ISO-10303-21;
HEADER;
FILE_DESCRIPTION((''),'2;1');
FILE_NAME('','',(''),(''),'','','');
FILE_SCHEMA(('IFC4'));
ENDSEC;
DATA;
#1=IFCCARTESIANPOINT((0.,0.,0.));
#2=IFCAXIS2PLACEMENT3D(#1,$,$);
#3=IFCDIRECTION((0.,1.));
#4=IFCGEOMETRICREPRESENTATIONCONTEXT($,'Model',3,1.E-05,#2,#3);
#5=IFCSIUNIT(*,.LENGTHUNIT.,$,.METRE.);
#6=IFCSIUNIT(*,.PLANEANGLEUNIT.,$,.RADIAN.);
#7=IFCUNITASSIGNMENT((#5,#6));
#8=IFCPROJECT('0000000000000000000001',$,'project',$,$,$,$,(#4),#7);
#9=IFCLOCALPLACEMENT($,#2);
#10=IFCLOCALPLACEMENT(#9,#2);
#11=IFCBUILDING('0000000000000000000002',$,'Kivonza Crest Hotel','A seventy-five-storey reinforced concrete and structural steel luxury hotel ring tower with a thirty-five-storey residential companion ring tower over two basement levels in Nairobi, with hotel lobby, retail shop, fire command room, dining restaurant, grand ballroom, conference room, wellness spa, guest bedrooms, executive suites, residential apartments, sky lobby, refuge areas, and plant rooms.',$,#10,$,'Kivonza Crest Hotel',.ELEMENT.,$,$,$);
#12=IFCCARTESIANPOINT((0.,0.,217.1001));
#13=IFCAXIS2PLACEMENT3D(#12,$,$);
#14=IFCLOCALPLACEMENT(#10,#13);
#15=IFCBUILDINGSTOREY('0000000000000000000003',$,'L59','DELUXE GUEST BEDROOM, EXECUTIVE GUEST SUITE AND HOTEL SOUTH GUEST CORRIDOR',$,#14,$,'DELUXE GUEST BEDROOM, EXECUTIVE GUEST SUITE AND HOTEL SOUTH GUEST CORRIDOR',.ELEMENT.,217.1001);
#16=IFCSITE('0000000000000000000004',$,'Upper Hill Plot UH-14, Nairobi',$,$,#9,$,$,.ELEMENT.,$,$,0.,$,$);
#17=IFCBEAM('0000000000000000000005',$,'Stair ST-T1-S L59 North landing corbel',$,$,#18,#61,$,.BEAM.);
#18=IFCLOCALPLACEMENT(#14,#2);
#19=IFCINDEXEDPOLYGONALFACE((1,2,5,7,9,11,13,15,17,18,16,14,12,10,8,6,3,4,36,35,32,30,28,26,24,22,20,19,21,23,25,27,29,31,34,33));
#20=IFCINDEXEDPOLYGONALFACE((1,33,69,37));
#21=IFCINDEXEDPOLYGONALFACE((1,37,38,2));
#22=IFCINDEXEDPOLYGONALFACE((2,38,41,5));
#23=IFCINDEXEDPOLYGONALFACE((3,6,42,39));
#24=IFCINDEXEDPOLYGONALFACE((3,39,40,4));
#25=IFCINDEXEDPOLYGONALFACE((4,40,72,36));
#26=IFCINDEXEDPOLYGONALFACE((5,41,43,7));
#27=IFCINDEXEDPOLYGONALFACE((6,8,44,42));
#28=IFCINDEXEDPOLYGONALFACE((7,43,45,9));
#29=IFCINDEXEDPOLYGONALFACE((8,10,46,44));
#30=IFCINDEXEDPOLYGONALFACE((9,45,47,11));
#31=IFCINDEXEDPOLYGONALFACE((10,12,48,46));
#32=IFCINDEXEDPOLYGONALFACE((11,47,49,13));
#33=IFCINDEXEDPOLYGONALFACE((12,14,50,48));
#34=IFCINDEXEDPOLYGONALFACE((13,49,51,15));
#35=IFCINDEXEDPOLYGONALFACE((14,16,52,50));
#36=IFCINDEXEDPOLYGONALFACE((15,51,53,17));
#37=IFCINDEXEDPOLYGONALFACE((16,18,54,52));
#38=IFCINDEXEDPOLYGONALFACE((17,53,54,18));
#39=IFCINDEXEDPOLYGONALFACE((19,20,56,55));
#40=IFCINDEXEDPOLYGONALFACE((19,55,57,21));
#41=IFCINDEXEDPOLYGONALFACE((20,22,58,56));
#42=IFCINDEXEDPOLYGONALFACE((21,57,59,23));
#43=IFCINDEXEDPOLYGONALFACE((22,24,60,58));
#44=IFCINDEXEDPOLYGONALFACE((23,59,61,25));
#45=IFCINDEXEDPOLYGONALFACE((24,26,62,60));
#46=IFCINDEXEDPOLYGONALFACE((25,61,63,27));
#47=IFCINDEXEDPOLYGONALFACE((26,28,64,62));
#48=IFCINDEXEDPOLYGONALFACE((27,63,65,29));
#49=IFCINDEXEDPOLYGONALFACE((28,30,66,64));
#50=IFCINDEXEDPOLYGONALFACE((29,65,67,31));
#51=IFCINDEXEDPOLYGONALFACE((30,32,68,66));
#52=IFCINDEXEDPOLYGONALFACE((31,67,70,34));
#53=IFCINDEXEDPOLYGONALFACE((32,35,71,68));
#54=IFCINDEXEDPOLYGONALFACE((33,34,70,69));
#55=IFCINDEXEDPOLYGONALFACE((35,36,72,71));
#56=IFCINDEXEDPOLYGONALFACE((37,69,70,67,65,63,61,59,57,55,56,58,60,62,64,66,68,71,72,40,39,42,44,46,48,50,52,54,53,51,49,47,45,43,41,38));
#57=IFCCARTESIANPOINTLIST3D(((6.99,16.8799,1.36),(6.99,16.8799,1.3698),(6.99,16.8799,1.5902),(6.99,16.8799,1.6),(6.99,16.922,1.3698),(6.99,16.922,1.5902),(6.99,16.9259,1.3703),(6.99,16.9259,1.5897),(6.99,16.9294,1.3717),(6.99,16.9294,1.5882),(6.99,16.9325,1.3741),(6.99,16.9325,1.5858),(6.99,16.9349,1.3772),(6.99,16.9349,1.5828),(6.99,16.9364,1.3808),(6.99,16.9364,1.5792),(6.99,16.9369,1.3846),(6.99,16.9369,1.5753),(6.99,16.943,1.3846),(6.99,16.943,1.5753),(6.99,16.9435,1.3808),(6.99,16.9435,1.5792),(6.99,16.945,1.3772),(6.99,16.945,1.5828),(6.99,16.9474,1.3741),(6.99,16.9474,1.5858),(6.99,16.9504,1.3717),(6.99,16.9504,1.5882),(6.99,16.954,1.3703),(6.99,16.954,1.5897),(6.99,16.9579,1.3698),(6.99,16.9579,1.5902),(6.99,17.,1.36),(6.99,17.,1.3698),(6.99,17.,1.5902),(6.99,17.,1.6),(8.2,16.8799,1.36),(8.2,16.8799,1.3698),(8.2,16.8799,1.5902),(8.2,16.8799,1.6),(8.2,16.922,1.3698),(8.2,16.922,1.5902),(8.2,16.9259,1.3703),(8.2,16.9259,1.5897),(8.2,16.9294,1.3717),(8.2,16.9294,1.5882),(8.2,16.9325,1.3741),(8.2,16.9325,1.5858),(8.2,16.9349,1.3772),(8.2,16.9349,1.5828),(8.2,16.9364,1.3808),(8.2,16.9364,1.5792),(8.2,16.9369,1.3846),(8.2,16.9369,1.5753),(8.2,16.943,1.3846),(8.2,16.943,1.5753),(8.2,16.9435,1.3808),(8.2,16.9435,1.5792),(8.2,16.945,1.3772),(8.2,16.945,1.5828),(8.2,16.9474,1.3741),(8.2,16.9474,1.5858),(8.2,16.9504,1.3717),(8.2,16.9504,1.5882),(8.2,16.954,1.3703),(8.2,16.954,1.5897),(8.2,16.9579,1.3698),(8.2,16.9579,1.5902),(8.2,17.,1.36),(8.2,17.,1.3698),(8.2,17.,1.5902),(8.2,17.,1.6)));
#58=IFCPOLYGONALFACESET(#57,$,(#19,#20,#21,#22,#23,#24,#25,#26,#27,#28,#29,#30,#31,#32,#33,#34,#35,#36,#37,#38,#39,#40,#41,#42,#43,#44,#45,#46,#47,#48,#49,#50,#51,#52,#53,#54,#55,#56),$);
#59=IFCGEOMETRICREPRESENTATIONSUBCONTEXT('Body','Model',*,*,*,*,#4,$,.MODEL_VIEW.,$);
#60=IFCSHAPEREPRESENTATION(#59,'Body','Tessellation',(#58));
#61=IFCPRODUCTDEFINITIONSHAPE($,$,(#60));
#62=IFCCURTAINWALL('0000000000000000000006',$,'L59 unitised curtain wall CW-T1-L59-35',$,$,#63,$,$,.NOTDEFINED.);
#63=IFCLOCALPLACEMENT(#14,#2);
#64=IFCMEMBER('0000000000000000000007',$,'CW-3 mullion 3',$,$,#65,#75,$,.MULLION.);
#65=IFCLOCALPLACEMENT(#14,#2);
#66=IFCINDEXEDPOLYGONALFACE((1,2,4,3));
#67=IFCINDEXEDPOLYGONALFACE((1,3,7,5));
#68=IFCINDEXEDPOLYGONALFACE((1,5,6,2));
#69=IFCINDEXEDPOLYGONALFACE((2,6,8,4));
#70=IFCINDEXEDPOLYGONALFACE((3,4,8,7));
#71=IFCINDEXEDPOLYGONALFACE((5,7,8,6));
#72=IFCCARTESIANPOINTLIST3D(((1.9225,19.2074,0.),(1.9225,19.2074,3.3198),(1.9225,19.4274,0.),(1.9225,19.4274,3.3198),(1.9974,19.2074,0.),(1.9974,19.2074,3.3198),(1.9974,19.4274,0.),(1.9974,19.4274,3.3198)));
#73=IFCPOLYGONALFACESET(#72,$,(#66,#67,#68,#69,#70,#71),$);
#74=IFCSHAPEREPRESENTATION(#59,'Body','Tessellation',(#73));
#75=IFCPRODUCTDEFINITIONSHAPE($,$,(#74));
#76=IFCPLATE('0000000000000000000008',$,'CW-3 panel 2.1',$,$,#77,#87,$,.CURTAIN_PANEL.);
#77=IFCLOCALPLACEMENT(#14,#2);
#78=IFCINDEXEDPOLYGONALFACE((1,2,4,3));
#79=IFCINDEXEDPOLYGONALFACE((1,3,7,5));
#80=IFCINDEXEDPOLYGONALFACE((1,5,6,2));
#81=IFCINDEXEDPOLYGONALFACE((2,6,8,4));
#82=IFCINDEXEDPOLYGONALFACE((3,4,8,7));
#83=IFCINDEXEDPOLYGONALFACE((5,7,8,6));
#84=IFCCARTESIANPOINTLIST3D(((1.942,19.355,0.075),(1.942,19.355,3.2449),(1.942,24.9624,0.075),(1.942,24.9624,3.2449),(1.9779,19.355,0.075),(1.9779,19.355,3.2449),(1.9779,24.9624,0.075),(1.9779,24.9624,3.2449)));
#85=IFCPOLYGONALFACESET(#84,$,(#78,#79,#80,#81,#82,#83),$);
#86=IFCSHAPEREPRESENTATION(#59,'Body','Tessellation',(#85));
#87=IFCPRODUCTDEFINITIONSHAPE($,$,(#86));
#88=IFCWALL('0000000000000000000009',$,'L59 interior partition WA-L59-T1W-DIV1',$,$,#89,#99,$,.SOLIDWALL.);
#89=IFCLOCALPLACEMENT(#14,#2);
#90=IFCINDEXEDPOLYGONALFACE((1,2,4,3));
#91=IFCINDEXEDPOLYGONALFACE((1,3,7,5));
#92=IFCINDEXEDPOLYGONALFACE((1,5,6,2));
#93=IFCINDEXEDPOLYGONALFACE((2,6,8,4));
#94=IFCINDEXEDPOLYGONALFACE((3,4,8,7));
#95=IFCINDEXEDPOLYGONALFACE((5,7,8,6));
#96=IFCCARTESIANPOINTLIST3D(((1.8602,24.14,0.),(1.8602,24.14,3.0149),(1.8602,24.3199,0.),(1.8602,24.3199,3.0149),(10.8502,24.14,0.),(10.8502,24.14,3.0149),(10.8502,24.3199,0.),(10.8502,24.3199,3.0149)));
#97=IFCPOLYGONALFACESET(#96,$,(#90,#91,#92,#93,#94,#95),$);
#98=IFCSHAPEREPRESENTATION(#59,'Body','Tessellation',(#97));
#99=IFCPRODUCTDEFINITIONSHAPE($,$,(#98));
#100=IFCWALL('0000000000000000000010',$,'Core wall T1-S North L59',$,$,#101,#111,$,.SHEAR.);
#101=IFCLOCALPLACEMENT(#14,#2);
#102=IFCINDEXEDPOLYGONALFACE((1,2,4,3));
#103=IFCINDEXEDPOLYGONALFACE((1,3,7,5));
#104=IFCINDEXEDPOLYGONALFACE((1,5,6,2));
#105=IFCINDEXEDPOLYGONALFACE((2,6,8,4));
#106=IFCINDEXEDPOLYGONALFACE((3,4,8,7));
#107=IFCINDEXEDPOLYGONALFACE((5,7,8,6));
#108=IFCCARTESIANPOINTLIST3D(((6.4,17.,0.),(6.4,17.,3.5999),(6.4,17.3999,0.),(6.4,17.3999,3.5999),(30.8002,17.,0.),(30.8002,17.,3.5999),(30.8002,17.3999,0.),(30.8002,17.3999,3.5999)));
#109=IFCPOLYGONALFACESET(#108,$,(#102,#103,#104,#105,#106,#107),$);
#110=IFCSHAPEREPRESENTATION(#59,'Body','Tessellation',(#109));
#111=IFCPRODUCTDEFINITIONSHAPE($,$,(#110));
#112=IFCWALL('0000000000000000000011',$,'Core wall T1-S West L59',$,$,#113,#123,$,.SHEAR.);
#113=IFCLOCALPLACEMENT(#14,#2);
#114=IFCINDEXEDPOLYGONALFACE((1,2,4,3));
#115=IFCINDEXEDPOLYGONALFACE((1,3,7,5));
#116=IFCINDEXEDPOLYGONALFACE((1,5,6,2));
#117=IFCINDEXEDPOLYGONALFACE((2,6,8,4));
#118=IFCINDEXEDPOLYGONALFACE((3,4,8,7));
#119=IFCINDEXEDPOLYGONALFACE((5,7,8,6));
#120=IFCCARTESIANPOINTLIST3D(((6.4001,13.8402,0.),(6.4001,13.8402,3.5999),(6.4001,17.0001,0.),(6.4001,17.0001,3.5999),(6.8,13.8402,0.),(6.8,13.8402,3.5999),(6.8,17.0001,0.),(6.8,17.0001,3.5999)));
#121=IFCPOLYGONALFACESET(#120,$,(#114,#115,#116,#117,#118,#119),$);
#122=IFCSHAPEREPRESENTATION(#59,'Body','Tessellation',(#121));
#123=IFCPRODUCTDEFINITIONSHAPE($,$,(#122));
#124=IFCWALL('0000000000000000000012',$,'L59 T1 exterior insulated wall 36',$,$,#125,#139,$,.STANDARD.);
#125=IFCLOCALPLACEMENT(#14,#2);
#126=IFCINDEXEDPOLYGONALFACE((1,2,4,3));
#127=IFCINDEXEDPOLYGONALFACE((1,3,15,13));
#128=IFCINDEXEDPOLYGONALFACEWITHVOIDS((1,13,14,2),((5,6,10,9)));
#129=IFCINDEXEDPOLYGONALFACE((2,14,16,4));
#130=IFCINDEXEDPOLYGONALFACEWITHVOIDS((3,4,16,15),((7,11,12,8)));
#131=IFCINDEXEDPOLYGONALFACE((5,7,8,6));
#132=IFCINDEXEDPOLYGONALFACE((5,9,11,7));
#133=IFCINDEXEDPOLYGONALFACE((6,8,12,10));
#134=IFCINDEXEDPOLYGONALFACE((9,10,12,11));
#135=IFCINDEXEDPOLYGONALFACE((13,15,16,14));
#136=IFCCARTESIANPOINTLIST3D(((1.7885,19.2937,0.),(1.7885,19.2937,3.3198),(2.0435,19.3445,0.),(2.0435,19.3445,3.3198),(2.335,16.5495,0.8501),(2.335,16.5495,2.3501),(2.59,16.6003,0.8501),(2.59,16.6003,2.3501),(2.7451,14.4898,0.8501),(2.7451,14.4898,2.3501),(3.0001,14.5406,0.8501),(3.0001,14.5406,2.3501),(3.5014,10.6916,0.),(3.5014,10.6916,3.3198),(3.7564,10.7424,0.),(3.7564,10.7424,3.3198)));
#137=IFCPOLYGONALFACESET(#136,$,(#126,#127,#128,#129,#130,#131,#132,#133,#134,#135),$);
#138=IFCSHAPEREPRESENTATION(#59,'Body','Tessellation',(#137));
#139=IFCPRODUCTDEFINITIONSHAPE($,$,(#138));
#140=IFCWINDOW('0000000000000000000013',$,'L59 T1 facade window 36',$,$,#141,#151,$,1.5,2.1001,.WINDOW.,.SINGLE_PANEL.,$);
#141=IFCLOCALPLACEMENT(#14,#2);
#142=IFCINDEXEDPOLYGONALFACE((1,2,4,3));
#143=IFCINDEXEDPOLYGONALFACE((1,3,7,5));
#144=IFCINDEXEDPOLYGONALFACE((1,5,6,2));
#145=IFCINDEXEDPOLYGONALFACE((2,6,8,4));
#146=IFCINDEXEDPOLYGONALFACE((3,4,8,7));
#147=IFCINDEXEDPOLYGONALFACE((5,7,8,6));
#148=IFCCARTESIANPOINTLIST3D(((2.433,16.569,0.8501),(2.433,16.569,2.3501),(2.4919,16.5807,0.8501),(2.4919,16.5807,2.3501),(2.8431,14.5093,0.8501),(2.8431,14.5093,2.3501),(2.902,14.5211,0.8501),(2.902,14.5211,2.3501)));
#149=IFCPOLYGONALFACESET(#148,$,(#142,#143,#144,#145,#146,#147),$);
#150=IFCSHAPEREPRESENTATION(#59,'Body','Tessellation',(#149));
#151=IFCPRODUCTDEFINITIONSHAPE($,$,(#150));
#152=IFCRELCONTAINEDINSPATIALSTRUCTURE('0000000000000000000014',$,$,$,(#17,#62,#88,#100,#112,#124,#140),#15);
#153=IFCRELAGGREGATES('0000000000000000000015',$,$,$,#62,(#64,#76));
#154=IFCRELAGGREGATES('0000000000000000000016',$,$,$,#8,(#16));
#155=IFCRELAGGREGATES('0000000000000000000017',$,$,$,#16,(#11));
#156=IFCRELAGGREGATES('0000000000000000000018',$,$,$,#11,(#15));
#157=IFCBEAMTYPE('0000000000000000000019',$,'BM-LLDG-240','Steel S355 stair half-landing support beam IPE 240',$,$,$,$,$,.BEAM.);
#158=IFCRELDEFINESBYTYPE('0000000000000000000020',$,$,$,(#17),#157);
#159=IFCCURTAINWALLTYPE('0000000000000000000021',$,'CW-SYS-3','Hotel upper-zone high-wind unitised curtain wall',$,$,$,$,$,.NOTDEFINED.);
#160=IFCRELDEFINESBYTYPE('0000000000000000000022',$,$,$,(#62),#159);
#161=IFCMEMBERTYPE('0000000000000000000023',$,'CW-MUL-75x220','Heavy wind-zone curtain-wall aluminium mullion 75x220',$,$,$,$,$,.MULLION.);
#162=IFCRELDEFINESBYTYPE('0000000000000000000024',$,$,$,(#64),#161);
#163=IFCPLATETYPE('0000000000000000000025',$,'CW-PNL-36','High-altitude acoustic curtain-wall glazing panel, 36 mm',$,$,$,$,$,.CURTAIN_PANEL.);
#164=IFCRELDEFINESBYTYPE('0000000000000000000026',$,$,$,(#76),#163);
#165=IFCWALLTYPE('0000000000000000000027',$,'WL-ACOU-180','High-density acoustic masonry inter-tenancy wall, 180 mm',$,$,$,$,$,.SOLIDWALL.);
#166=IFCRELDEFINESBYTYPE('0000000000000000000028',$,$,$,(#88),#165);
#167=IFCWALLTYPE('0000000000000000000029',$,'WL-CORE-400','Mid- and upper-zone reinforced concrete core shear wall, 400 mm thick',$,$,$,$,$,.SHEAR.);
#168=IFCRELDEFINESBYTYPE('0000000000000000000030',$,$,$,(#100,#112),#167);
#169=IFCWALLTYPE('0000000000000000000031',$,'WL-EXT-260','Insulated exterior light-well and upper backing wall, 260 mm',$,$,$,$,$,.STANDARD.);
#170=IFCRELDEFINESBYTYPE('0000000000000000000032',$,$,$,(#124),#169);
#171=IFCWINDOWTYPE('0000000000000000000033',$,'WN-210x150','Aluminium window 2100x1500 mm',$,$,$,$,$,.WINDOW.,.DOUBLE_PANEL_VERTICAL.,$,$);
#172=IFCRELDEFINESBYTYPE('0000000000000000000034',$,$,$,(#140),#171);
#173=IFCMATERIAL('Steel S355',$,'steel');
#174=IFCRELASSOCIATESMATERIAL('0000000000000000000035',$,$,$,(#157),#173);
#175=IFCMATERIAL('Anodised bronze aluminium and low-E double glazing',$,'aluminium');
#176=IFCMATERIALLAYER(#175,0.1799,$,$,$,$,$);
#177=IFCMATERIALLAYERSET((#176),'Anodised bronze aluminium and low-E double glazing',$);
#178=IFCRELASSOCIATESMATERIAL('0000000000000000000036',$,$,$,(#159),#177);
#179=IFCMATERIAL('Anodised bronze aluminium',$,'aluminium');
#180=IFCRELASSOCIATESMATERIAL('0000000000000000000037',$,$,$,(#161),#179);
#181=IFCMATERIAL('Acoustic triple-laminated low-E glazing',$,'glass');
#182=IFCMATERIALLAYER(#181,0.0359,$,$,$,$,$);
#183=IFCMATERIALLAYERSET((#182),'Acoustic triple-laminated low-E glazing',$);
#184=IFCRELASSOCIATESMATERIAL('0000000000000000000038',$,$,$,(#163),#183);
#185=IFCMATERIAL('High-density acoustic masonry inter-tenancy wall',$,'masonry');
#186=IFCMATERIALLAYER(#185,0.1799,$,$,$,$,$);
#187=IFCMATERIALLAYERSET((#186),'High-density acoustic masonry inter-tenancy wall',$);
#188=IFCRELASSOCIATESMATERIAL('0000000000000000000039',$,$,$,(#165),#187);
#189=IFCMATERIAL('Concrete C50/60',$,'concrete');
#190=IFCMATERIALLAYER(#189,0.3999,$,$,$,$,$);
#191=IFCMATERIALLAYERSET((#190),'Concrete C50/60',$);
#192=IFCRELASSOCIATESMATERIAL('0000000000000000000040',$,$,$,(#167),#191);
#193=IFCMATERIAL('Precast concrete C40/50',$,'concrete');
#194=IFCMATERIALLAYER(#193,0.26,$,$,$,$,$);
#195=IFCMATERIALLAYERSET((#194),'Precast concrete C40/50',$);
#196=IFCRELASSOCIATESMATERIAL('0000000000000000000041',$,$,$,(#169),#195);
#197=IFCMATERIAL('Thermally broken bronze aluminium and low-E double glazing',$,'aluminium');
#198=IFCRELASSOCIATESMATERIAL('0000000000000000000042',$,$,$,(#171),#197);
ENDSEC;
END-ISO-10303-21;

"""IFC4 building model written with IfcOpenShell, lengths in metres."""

from ifc_helpers import new_model, si_unit, direction, frame, frame_2d, origin, origin_2d, place, context, subcontext, project, spatial, rectangle, i_section, extrude, material, layer, layer_set, material_profile, profile_set, type_object, element, fill, aggregate, save


model = new_model("IFC4")

# Units and contexts
model_context = context("Model", 3, precision=1e-05, world=origin(), true_north=direction((0.0, 1.0)))
body_context = subcontext(model_context, "Body", "Model", "MODEL_VIEW")
ifc_project = project(units=[si_unit("LENGTHUNIT", "METRE"), si_unit("PLANEANGLEUNIT", "RADIAN")], contexts=[model_context])

# Site, building, storey
site_placement = place(None, origin())
site = spatial("IfcSite", under=ifc_project, at=site_placement, Name="Upper Hill Plot UH-14, Nairobi", CompositionType="ELEMENT", RefElevation=0.0)
building_placement = place(site_placement, origin())
building = spatial("IfcBuilding", under=site, at=building_placement, Name="Kivonza Crest Hotel", Description="A seventy-five-storey reinforced concrete and structural steel luxury hotel ring tower with a thirty-five-storey residential companion ring tower over two basement levels in Nairobi, with hotel lobby, retail shop, fire command room, dining restaurant, grand ballroom, conference room, wellness spa, guest bedrooms, executive suites, residential apartments, sky lobby, refuge areas, and plant rooms.", LongName="Kivonza Crest Hotel", CompositionType="ELEMENT")
storey_placement = place(building_placement, frame((0.0, 0.0, 217.1001)))
storey = spatial("IfcBuildingStorey", under=building, at=storey_placement, Name="L59", Description="DELUXE GUEST BEDROOM, EXECUTIVE GUEST SUITE AND HOTEL SOUTH GUEST CORRIDOR", LongName="DELUXE GUEST BEDROOM, EXECUTIVE GUEST SUITE AND HOTEL SOUTH GUEST CORRIDOR", CompositionType="ELEMENT", Elevation=217.1001)

# Shared definitions
ifc_material_1 = material(Name="Concrete C50/60", Category="concrete")

# Beam
ifc_material_2 = material(Name="Steel S355", Category="steel")
ifc_material_profile_1 = material_profile(ifc_material_2, i_section(OverallWidth=0.1201, OverallDepth=0.24, WebThickness=0.0061, FlangeThickness=0.0098, FilletRadius=0.0149, at=origin_2d()), Name="IPE 240")
ifc_profile_set_1 = profile_set([ifc_material_profile_1], Name="Steel S355")
beam_type_1 = type_object("IfcBeamType", Name="BM-LLDG-240", Description="Steel S355 stair half-landing support beam IPE 240", PredefinedType="BEAM", material=ifc_profile_set_1)
for number, where, z_axis, x_axis, name in (
    (1, (6.99, 16.9399, 1.48), (1.0, 0.0, 0.0), (0.0, 1.0, 0.0), "Stair ST-T1-S L59 North landing corbel"),
):
    element("IfcBeam", number, at=place(storey_placement, frame(where, z_axis=z_axis, x_axis=x_axis)), inside=storey, type_object=beam_type_1, Name=name, PredefinedType="BEAM", context=body_context, shape_type="SweptSolid", body=[
        extrude(i_section(OverallWidth=0.1201, OverallDepth=0.24, WebThickness=0.0061, FlangeThickness=0.0098, FilletRadius=0.0149, at=origin_2d()), origin(), (0.0, 0.0, 1.0), 1.21),
    ])

# Curtain wall, member, plate
ifc_material_3 = material(Name="Anodised bronze aluminium and low-E double glazing", Category="aluminium")
ifc_layer_1 = layer(ifc_material_3, 0.1799)
ifc_layer_set_1 = layer_set([ifc_layer_1], Name="Anodised bronze aluminium and low-E double glazing")
curtain_wall_type = type_object("IfcCurtainWallType", Name="CW-SYS-3", Description="Hotel upper-zone high-wind unitised curtain wall", PredefinedType="NOTDEFINED", material=ifc_layer_set_1)
curtain_wall_placement = place(storey_placement, origin())
curtain_wall = element("IfcCurtainWall", 2, at=curtain_wall_placement, inside=storey, type_object=curtain_wall_type, Name="L59 unitised curtain wall CW-T1-L59-35", PredefinedType="NOTDEFINED")
ifc_material_4 = material(Name="Anodised bronze aluminium", Category="aluminium")
ifc_material_profile_2 = material_profile(ifc_material_4, rectangle(XDim=0.075, YDim=0.22, at=origin_2d()), Name="CW-M 75x220")
ifc_profile_set_2 = profile_set([ifc_material_profile_2], Name="Anodised bronze aluminium")
member_type = type_object("IfcMemberType", Name="CW-MUL-75x220", Description="Heavy wind-zone curtain-wall aluminium mullion 75x220", PredefinedType="MULLION", material=ifc_profile_set_2)
member_placement = place(storey_placement, frame((1.96, 19.3174, 0.0), z_axis=(0.0, 0.0, 1.0), x_axis=(1.0, 0.0, 0.0)))
member = element("IfcMember", 3, at=member_placement, type_object=member_type, Name="CW-3 mullion 3", PredefinedType="MULLION", context=body_context, shape_type="SweptSolid", body=[
    extrude(rectangle(XDim=0.075, YDim=0.22, at=origin_2d()), origin(), (0.0, 0.0, 1.0), 3.3198),
])
ifc_material_5 = material(Name="Acoustic triple-laminated low-E glazing", Category="glass")
ifc_layer_2 = layer(ifc_material_5, 0.0359)
ifc_layer_set_2 = layer_set([ifc_layer_2], Name="Acoustic triple-laminated low-E glazing")
plate_type = type_object("IfcPlateType", Name="CW-PNL-36", Description="High-altitude acoustic curtain-wall glazing panel, 36 mm", PredefinedType="CURTAIN_PANEL", material=ifc_layer_set_2)
plate_placement = place(storey_placement, frame((1.96, 22.1587, 0.075), z_axis=(0.0, 0.0, 1.0), x_axis=(0.0, -1.0, 0.0)))
plate = element("IfcPlate", 4, at=plate_placement, type_object=plate_type, Name="CW-3 panel 2.1", PredefinedType="CURTAIN_PANEL", context=body_context, shape_type="SweptSolid", body=[
    extrude(rectangle(XDim=5.6074, YDim=0.0359, at=origin_2d()), origin(), (0.0, 0.0, 1.0), 3.1699),
])
aggregate(curtain_wall, [member, plate])

# Wall
ifc_material_6 = material(Name="High-density acoustic masonry inter-tenancy wall", Category="masonry")
ifc_layer_3 = layer(ifc_material_6, 0.1799)
ifc_layer_set_3 = layer_set([ifc_layer_3], Name="High-density acoustic masonry inter-tenancy wall")
wall_type_1 = type_object("IfcWallType", Name="WL-ACOU-180", Description="High-density acoustic masonry inter-tenancy wall, 180 mm", PredefinedType="SOLIDWALL", material=ifc_layer_set_3)
wall_1_placement = place(storey_placement, frame((1.8601, 24.23, 0.0), z_axis=(0.0, 0.0, 1.0), x_axis=(1.0, 0.0, 0.0)))
element("IfcWall", 5, at=wall_1_placement, inside=storey, type_object=wall_type_1, Name="L59 interior partition WA-L59-T1W-DIV1", PredefinedType="SOLIDWALL", context=body_context, shape_type="SweptSolid", body=[
    extrude(rectangle(XDim=8.99, YDim=0.1799, at=frame_2d((4.4951, 0.0))), origin(), (0.0, 0.0, 1.0), 3.0149),
])

# Shared definitions
ifc_layer_4 = layer(ifc_material_1, 0.3999)
ifc_layer_set_4 = layer_set([ifc_layer_4], Name="Concrete C50/60")
wall_type_2 = type_object("IfcWallType", Name="WL-CORE-400", Description="Mid- and upper-zone reinforced concrete core shear wall, 400 mm thick", PredefinedType="SHEAR", material=ifc_layer_set_4)

# Walls
wall_2_placement = place(storey_placement, frame((6.3999, 17.2, 0.0), z_axis=(0.0, 0.0, 1.0), x_axis=(1.0, 0.0, 0.0)))
element("IfcWall", 6, at=wall_2_placement, inside=storey, type_object=wall_type_2, Name="Core wall T1-S North L59", PredefinedType="SHEAR", context=body_context, shape_type="SweptSolid", body=[
    extrude(rectangle(XDim=24.4001, YDim=0.3999, at=frame_2d((12.2002, 0.0))), origin(), (0.0, 0.0, 1.0), 3.5999),
])
wall_3_placement = place(storey_placement, frame((6.6001, 13.8401, 0.0), z_axis=(0.0, 0.0, 1.0), x_axis=(0.0, 1.0, 0.0)))
element("IfcWall", 7, at=wall_3_placement, inside=storey, type_object=wall_type_2, Name="Core wall T1-S West L59", PredefinedType="SHEAR", context=body_context, shape_type="SweptSolid", body=[
    extrude(rectangle(XDim=3.1599, YDim=0.3999, at=frame_2d((1.5801, 0.0))), origin(), (0.0, 0.0, 1.0), 3.5999),
])

# Wall, opening, window
ifc_material_7 = material(Name="Precast concrete C40/50", Category="concrete")
ifc_layer_5 = layer(ifc_material_7, 0.26)
ifc_layer_set_5 = layer_set([ifc_layer_5], Name="Precast concrete C40/50")
wall_type_3 = type_object("IfcWallType", Name="WL-EXT-260", Description="Insulated exterior light-well and upper backing wall, 260 mm", PredefinedType="STANDARD", material=ifc_layer_set_5)
wall_4_placement = place(storey_placement, frame((1.916, 19.3191, 0.0), z_axis=(0.0, 0.0, 1.0), x_axis=(0.195292, -0.980745, 0.0)))
wall_4 = element("IfcWall", 8, at=wall_4_placement, inside=storey, type_object=wall_type_3, Name="L59 T1 exterior insulated wall 36", PredefinedType="STANDARD", context=body_context, shape_type="SweptSolid", body=[
    extrude(rectangle(XDim=8.771, YDim=0.26, at=frame_2d((4.3855, 0.0))), origin(), (0.0, 0.0, 1.0), 3.3198),
])
opening_1_placement = place(wall_4_placement, frame((2.7981, 0.0, 0.8501)))
opening_1 = element("IfcOpeningElement", 9, at=opening_1_placement, cuts=wall_4, PredefinedType="OPENING", context=body_context, shape_type="SweptSolid", body=[
    extrude(rectangle(XDim=2.1001, YDim=1.5, at=frame_2d((1.05, 0.75))), frame((0.0, 0.1401, 0.0), z_axis=(0.0, -1.0, 0.0), x_axis=(1.0, 0.0, 0.0)), (0.0, 0.0, 1.0), 0.28),
])
ifc_material_8 = material(Name="Thermally broken bronze aluminium and low-E double glazing", Category="aluminium")
window_type = type_object("IfcWindowType", Name="WN-210x150", Description="Aluminium window 2100x1500 mm", PartitioningType="DOUBLE_PANEL_VERTICAL", PredefinedType="WINDOW", material=ifc_material_8)
window_placement = place(opening_1_placement, origin())
window = element("IfcWindow", 10, at=window_placement, inside=storey, type_object=window_type, Name="L59 T1 facade window 36", OverallHeight=1.5, OverallWidth=2.1001, PartitioningType="SINGLE_PANEL", PredefinedType="WINDOW", context=body_context, shape_type="SweptSolid", body=[
    extrude(rectangle(XDim=2.1001, YDim=1.5, at=frame_2d((1.05, 0.75))), frame((0.0, 0.03, 0.0), z_axis=(0.0, -1.0, 0.0), x_axis=(1.0, 0.0, 0.0)), (0.0, 0.0, 1.0), 0.0601),
])
fill(opening_1, window)

save(model, "model.ifc")
